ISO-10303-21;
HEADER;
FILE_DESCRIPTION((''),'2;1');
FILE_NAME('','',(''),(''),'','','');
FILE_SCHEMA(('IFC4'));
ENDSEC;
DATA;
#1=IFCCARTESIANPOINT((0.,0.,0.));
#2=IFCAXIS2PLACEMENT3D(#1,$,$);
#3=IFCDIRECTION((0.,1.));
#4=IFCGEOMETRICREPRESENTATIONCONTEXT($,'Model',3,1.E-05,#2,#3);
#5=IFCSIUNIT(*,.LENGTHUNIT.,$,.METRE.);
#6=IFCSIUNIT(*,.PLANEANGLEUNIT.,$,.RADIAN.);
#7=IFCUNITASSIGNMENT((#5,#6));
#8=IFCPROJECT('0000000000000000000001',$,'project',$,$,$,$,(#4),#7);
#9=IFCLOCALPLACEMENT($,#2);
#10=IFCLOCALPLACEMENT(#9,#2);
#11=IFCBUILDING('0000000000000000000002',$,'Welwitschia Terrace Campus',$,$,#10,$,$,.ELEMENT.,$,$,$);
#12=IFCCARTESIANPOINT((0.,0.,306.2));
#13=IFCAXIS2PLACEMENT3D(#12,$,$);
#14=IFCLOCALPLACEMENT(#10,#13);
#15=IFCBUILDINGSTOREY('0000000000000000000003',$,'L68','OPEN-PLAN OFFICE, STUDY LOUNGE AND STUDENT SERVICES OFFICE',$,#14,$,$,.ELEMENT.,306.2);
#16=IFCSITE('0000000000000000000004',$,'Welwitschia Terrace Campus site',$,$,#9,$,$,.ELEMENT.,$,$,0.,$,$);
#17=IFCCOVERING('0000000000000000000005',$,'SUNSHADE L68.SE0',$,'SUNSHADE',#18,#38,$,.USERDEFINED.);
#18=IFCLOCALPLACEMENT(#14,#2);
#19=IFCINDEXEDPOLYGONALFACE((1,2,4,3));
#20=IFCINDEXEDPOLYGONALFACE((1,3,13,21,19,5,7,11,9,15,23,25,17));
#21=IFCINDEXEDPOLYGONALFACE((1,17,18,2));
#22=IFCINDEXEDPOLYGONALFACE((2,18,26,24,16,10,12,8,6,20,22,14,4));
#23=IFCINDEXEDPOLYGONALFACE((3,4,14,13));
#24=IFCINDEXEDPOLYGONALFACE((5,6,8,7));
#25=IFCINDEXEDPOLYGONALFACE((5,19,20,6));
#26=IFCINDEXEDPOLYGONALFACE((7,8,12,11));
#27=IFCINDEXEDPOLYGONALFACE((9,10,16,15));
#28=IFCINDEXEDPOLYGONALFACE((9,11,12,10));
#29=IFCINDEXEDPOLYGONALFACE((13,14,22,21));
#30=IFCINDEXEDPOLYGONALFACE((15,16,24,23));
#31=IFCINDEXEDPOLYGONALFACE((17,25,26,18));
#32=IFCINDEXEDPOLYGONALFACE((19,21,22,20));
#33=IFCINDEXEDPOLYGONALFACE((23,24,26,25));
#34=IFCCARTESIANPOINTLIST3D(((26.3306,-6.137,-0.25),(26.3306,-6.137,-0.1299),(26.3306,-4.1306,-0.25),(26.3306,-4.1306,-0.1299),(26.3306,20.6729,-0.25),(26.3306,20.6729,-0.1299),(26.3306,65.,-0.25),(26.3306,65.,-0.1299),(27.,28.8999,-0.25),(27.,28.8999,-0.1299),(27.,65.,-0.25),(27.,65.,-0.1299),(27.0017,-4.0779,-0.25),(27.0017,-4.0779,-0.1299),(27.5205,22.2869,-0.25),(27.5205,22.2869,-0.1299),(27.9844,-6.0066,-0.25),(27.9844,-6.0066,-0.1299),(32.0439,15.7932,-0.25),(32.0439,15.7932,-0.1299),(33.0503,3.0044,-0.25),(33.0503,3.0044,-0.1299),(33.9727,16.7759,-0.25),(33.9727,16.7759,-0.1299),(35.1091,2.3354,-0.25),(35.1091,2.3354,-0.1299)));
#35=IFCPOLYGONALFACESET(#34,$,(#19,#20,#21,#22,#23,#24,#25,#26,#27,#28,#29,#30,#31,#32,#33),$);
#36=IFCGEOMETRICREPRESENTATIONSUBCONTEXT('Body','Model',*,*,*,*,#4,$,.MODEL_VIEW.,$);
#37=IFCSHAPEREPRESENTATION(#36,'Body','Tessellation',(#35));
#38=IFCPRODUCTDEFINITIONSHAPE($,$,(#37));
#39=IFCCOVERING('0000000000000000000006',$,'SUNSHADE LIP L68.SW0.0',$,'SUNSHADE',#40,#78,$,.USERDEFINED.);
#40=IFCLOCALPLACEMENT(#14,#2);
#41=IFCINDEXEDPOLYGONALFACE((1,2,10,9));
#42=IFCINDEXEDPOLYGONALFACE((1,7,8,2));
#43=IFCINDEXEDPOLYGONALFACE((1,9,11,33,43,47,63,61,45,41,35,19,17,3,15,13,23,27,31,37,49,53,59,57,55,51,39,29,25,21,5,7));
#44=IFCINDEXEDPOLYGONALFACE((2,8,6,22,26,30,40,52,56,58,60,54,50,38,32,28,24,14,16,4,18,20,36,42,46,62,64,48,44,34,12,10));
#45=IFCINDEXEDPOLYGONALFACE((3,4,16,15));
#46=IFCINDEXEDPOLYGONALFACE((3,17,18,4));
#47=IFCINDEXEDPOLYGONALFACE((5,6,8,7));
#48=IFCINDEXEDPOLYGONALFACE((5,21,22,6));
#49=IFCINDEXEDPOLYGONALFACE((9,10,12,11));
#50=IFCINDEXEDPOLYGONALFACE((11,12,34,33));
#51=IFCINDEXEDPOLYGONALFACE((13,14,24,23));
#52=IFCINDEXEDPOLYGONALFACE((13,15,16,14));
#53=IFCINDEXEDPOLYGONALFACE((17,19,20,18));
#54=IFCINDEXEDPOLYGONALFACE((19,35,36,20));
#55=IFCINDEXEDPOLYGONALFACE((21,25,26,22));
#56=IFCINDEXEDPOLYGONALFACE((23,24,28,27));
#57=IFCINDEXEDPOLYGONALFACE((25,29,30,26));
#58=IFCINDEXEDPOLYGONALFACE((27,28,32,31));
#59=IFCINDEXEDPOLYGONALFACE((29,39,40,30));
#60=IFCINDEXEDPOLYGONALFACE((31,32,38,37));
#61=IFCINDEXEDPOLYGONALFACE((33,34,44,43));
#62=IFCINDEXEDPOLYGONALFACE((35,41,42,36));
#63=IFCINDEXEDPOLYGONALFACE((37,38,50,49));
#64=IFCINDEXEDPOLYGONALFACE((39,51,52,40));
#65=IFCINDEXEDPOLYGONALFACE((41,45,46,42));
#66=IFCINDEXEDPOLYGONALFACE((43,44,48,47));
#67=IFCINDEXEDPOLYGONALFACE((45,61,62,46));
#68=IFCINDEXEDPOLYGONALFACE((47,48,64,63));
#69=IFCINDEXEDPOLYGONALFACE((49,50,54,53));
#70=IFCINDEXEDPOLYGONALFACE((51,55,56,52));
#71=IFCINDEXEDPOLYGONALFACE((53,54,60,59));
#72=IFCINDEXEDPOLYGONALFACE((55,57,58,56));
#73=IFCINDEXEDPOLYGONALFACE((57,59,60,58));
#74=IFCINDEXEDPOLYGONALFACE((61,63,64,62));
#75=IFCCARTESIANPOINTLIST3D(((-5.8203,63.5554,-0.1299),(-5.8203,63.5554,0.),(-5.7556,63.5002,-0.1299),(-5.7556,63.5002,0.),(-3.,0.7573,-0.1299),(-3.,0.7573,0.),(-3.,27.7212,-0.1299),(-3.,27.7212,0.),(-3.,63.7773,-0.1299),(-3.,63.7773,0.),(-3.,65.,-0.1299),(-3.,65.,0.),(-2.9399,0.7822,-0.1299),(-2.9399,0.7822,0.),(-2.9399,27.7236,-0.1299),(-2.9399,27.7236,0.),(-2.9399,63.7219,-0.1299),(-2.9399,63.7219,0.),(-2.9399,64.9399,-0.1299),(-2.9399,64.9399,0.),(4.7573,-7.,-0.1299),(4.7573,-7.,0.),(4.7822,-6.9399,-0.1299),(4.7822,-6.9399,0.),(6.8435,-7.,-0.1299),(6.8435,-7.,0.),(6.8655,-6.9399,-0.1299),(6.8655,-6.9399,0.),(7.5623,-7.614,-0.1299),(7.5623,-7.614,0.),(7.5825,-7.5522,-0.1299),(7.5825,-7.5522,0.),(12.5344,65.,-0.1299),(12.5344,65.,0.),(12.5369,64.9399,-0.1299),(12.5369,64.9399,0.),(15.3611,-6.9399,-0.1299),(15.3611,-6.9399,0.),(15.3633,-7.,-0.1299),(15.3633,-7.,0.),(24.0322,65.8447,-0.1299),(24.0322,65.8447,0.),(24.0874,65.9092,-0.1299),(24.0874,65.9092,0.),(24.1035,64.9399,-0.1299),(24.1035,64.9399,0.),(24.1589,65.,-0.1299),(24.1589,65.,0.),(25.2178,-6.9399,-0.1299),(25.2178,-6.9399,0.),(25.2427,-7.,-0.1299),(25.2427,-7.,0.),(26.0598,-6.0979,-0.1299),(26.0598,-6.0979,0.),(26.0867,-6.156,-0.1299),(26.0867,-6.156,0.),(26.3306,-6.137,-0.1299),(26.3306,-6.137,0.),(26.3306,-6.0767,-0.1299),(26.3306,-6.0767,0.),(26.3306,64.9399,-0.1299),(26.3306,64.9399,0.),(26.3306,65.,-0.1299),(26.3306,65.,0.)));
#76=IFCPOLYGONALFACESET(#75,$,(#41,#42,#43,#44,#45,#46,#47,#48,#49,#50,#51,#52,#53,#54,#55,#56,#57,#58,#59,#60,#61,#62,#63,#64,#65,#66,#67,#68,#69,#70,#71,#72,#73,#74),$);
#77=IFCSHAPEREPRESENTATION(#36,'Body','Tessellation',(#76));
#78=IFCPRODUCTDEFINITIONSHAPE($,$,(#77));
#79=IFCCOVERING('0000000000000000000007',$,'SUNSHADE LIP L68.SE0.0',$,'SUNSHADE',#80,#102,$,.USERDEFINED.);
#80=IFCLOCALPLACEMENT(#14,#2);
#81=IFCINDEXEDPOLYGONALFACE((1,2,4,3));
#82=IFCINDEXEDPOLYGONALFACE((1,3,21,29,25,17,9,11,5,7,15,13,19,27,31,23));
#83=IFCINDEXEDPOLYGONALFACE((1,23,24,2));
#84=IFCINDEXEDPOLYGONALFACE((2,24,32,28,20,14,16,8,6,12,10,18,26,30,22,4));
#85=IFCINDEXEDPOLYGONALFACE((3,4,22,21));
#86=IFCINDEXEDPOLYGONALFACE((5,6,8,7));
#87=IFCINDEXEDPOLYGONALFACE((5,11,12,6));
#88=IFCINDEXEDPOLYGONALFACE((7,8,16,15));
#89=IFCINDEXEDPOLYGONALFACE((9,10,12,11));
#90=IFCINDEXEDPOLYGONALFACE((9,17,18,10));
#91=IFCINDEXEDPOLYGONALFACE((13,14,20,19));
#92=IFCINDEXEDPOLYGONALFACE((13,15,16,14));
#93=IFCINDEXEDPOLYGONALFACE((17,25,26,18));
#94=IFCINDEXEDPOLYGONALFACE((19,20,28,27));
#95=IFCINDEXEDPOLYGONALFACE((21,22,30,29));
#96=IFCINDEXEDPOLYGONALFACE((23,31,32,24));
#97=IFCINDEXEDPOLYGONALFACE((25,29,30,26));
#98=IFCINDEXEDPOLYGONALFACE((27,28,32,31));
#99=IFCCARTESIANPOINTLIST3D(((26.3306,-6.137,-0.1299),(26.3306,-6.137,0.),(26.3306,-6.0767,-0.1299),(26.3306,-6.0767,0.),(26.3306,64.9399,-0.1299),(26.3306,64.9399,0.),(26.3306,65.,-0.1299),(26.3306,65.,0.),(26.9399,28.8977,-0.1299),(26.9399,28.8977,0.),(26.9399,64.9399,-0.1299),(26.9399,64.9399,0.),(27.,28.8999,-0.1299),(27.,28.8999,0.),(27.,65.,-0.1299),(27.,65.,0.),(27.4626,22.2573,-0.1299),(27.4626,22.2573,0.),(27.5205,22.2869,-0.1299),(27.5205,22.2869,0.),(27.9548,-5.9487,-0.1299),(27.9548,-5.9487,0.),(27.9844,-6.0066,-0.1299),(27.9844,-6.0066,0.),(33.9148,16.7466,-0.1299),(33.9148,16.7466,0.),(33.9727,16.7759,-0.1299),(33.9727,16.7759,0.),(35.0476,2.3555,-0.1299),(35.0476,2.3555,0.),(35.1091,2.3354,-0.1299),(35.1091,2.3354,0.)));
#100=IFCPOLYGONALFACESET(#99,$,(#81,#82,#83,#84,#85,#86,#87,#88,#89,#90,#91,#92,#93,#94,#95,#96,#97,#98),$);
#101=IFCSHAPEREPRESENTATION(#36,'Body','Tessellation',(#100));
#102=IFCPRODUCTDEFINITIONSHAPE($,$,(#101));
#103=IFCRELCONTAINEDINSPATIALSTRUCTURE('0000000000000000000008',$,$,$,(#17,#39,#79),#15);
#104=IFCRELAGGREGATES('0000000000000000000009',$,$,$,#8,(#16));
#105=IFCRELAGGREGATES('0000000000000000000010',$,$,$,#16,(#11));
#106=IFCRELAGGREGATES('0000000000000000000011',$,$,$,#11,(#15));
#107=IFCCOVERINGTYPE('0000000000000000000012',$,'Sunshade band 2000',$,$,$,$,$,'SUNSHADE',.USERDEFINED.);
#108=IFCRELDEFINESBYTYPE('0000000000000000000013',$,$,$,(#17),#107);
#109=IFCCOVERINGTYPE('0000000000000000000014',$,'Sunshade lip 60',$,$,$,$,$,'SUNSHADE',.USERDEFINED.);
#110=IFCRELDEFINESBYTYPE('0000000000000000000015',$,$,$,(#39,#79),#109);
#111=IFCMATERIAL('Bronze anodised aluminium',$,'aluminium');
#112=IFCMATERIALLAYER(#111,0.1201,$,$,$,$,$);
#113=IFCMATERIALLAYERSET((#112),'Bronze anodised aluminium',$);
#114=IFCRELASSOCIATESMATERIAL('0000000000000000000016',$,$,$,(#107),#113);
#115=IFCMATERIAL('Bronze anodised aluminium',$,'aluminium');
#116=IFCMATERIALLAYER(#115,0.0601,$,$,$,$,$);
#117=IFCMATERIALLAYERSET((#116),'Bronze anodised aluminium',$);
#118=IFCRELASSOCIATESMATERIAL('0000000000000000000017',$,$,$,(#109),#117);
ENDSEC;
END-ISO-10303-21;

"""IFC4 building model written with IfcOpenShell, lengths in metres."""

from ifc_helpers import new_model, si_unit, direction, frame, origin, place, context, subcontext, project, spatial, polyline, outline, extrude, material, layer, layer_set, type_object, element, save


model = new_model("IFC4")

# Units and contexts
model_context = context("Model", 3, precision=1e-05, world=origin(), true_north=direction((0.0, 1.0)))
body_context = subcontext(model_context, "Body", "Model", "MODEL_VIEW")
ifc_project = project(units=[si_unit("LENGTHUNIT", "METRE"), si_unit("PLANEANGLEUNIT", "RADIAN")], contexts=[model_context])

# Site, building, storey
site_placement = place(None, origin())
site = spatial("IfcSite", under=ifc_project, at=site_placement, Name="Welwitschia Terrace Campus site", CompositionType="ELEMENT", RefElevation=0.0)
building_placement = place(site_placement, origin())
building = spatial("IfcBuilding", under=site, at=building_placement, Name="Welwitschia Terrace Campus", CompositionType="ELEMENT")
storey_placement = place(building_placement, frame((0.0, 0.0, 306.2)))
storey = spatial("IfcBuildingStorey", under=building, at=storey_placement, Name="L68", Description="OPEN-PLAN OFFICE, STUDY LOUNGE AND STUDENT SERVICES OFFICE", CompositionType="ELEMENT", Elevation=306.2)

# Coverings
ifc_material_1 = material(Name="Bronze anodised aluminium", Category="aluminium")
ifc_layer_1 = layer(ifc_material_1, 0.1201)
ifc_layer_set_1 = layer_set([ifc_layer_1], Name="Bronze anodised aluminium")
covering_type_1 = type_object("IfcCoveringType", Name="Sunshade band 2000", ElementType="SUNSHADE", PredefinedType="USERDEFINED", material=ifc_layer_set_1)
covering_1_placement = place(storey_placement, frame((0.0, 0.0, -0.25)))
element("IfcCovering", 1, at=covering_1_placement, inside=storey, type_object=covering_type_1, Name="SUNSHADE L68.SE0", ObjectType="SUNSHADE", PredefinedType="USERDEFINED", context=body_context, shape_type="SweptSolid", body=[
    extrude(outline(polyline([(27.0, 65.0), (27.0, 28.8999), (27.5205, 22.2869), (33.9727, 16.7759), (35.1091, 2.3354), (27.9844, -6.0066), (26.3306, -6.137), (26.3306, -4.1306), (27.0017, -4.0779), (33.0503, 3.0044), (32.0439, 15.7932), (26.3306, 20.6729), (26.3306, 65.0), (27.0, 65.0)])), origin(), (0.0, 0.0, 1.0), 0.1201),
])
ifc_material_2 = material(Name="Bronze anodised aluminium", Category="aluminium")
ifc_layer_2 = layer(ifc_material_2, 0.0601)
ifc_layer_set_2 = layer_set([ifc_layer_2], Name="Bronze anodised aluminium")
covering_type_2 = type_object("IfcCoveringType", Name="Sunshade lip 60", ElementType="SUNSHADE", PredefinedType="USERDEFINED", material=ifc_layer_set_2)
covering_2_placement = place(storey_placement, frame((0.0, 0.0, -0.1299)))
element("IfcCovering", 2, at=covering_2_placement, inside=storey, type_object=covering_type_2, Name="SUNSHADE LIP L68.SW0.0", ObjectType="SUNSHADE", PredefinedType="USERDEFINED", context=body_context, shape_type="SweptSolid", body=[
    extrude(outline(polyline([(-3.0, 65.0), (12.5344, 65.0), (24.0874, 65.9092), (24.1589, 65.0), (26.3306, 65.0), (26.3306, 64.9399), (24.1035, 64.9399), (24.0322, 65.8447), (12.5369, 64.9399), (-2.9399, 64.9399), (-2.9399, 63.7219), (-5.7556, 63.5002), (-2.9399, 27.7236), (-2.9399, 0.7822), (4.7822, -6.9399), (6.8655, -6.9399), (7.5825, -7.5522), (15.3611, -6.9399), (25.2178, -6.9399), (26.0598, -6.0979), (26.3306, -6.0767), (26.3306, -6.137), (26.0867, -6.156), (25.2427, -7.0), (15.3633, -7.0), (7.5623, -7.614), (6.8435, -7.0), (4.7573, -7.0), (-3.0, 0.7573), (-3.0, 27.7212), (-5.8203, 63.5554), (-3.0, 63.7773), (-3.0, 65.0)])), origin(), (0.0, 0.0, 1.0), 0.1299),
])
covering_3_placement = place(storey_placement, frame((0.0, 0.0, -0.1299)))
element("IfcCovering", 3, at=covering_3_placement, inside=storey, type_object=covering_type_2, Name="SUNSHADE LIP L68.SE0.0", ObjectType="SUNSHADE", PredefinedType="USERDEFINED", context=body_context, shape_type="SweptSolid", body=[
    extrude(outline(polyline([(27.0, 28.8999), (27.5205, 22.2869), (33.9727, 16.7759), (35.1091, 2.3354), (27.9844, -6.0066), (26.3306, -6.137), (26.3306, -6.0767), (27.9548, -5.9487), (35.0476, 2.3555), (33.9148, 16.7466), (27.4626, 22.2573), (26.9399, 28.8977), (26.9399, 64.9399), (26.3306, 64.9399), (26.3306, 65.0), (27.0, 65.0), (27.0, 28.8999)])), origin(), (0.0, 0.0, 1.0), 0.1299),
])

save(model, "model.ifc")
